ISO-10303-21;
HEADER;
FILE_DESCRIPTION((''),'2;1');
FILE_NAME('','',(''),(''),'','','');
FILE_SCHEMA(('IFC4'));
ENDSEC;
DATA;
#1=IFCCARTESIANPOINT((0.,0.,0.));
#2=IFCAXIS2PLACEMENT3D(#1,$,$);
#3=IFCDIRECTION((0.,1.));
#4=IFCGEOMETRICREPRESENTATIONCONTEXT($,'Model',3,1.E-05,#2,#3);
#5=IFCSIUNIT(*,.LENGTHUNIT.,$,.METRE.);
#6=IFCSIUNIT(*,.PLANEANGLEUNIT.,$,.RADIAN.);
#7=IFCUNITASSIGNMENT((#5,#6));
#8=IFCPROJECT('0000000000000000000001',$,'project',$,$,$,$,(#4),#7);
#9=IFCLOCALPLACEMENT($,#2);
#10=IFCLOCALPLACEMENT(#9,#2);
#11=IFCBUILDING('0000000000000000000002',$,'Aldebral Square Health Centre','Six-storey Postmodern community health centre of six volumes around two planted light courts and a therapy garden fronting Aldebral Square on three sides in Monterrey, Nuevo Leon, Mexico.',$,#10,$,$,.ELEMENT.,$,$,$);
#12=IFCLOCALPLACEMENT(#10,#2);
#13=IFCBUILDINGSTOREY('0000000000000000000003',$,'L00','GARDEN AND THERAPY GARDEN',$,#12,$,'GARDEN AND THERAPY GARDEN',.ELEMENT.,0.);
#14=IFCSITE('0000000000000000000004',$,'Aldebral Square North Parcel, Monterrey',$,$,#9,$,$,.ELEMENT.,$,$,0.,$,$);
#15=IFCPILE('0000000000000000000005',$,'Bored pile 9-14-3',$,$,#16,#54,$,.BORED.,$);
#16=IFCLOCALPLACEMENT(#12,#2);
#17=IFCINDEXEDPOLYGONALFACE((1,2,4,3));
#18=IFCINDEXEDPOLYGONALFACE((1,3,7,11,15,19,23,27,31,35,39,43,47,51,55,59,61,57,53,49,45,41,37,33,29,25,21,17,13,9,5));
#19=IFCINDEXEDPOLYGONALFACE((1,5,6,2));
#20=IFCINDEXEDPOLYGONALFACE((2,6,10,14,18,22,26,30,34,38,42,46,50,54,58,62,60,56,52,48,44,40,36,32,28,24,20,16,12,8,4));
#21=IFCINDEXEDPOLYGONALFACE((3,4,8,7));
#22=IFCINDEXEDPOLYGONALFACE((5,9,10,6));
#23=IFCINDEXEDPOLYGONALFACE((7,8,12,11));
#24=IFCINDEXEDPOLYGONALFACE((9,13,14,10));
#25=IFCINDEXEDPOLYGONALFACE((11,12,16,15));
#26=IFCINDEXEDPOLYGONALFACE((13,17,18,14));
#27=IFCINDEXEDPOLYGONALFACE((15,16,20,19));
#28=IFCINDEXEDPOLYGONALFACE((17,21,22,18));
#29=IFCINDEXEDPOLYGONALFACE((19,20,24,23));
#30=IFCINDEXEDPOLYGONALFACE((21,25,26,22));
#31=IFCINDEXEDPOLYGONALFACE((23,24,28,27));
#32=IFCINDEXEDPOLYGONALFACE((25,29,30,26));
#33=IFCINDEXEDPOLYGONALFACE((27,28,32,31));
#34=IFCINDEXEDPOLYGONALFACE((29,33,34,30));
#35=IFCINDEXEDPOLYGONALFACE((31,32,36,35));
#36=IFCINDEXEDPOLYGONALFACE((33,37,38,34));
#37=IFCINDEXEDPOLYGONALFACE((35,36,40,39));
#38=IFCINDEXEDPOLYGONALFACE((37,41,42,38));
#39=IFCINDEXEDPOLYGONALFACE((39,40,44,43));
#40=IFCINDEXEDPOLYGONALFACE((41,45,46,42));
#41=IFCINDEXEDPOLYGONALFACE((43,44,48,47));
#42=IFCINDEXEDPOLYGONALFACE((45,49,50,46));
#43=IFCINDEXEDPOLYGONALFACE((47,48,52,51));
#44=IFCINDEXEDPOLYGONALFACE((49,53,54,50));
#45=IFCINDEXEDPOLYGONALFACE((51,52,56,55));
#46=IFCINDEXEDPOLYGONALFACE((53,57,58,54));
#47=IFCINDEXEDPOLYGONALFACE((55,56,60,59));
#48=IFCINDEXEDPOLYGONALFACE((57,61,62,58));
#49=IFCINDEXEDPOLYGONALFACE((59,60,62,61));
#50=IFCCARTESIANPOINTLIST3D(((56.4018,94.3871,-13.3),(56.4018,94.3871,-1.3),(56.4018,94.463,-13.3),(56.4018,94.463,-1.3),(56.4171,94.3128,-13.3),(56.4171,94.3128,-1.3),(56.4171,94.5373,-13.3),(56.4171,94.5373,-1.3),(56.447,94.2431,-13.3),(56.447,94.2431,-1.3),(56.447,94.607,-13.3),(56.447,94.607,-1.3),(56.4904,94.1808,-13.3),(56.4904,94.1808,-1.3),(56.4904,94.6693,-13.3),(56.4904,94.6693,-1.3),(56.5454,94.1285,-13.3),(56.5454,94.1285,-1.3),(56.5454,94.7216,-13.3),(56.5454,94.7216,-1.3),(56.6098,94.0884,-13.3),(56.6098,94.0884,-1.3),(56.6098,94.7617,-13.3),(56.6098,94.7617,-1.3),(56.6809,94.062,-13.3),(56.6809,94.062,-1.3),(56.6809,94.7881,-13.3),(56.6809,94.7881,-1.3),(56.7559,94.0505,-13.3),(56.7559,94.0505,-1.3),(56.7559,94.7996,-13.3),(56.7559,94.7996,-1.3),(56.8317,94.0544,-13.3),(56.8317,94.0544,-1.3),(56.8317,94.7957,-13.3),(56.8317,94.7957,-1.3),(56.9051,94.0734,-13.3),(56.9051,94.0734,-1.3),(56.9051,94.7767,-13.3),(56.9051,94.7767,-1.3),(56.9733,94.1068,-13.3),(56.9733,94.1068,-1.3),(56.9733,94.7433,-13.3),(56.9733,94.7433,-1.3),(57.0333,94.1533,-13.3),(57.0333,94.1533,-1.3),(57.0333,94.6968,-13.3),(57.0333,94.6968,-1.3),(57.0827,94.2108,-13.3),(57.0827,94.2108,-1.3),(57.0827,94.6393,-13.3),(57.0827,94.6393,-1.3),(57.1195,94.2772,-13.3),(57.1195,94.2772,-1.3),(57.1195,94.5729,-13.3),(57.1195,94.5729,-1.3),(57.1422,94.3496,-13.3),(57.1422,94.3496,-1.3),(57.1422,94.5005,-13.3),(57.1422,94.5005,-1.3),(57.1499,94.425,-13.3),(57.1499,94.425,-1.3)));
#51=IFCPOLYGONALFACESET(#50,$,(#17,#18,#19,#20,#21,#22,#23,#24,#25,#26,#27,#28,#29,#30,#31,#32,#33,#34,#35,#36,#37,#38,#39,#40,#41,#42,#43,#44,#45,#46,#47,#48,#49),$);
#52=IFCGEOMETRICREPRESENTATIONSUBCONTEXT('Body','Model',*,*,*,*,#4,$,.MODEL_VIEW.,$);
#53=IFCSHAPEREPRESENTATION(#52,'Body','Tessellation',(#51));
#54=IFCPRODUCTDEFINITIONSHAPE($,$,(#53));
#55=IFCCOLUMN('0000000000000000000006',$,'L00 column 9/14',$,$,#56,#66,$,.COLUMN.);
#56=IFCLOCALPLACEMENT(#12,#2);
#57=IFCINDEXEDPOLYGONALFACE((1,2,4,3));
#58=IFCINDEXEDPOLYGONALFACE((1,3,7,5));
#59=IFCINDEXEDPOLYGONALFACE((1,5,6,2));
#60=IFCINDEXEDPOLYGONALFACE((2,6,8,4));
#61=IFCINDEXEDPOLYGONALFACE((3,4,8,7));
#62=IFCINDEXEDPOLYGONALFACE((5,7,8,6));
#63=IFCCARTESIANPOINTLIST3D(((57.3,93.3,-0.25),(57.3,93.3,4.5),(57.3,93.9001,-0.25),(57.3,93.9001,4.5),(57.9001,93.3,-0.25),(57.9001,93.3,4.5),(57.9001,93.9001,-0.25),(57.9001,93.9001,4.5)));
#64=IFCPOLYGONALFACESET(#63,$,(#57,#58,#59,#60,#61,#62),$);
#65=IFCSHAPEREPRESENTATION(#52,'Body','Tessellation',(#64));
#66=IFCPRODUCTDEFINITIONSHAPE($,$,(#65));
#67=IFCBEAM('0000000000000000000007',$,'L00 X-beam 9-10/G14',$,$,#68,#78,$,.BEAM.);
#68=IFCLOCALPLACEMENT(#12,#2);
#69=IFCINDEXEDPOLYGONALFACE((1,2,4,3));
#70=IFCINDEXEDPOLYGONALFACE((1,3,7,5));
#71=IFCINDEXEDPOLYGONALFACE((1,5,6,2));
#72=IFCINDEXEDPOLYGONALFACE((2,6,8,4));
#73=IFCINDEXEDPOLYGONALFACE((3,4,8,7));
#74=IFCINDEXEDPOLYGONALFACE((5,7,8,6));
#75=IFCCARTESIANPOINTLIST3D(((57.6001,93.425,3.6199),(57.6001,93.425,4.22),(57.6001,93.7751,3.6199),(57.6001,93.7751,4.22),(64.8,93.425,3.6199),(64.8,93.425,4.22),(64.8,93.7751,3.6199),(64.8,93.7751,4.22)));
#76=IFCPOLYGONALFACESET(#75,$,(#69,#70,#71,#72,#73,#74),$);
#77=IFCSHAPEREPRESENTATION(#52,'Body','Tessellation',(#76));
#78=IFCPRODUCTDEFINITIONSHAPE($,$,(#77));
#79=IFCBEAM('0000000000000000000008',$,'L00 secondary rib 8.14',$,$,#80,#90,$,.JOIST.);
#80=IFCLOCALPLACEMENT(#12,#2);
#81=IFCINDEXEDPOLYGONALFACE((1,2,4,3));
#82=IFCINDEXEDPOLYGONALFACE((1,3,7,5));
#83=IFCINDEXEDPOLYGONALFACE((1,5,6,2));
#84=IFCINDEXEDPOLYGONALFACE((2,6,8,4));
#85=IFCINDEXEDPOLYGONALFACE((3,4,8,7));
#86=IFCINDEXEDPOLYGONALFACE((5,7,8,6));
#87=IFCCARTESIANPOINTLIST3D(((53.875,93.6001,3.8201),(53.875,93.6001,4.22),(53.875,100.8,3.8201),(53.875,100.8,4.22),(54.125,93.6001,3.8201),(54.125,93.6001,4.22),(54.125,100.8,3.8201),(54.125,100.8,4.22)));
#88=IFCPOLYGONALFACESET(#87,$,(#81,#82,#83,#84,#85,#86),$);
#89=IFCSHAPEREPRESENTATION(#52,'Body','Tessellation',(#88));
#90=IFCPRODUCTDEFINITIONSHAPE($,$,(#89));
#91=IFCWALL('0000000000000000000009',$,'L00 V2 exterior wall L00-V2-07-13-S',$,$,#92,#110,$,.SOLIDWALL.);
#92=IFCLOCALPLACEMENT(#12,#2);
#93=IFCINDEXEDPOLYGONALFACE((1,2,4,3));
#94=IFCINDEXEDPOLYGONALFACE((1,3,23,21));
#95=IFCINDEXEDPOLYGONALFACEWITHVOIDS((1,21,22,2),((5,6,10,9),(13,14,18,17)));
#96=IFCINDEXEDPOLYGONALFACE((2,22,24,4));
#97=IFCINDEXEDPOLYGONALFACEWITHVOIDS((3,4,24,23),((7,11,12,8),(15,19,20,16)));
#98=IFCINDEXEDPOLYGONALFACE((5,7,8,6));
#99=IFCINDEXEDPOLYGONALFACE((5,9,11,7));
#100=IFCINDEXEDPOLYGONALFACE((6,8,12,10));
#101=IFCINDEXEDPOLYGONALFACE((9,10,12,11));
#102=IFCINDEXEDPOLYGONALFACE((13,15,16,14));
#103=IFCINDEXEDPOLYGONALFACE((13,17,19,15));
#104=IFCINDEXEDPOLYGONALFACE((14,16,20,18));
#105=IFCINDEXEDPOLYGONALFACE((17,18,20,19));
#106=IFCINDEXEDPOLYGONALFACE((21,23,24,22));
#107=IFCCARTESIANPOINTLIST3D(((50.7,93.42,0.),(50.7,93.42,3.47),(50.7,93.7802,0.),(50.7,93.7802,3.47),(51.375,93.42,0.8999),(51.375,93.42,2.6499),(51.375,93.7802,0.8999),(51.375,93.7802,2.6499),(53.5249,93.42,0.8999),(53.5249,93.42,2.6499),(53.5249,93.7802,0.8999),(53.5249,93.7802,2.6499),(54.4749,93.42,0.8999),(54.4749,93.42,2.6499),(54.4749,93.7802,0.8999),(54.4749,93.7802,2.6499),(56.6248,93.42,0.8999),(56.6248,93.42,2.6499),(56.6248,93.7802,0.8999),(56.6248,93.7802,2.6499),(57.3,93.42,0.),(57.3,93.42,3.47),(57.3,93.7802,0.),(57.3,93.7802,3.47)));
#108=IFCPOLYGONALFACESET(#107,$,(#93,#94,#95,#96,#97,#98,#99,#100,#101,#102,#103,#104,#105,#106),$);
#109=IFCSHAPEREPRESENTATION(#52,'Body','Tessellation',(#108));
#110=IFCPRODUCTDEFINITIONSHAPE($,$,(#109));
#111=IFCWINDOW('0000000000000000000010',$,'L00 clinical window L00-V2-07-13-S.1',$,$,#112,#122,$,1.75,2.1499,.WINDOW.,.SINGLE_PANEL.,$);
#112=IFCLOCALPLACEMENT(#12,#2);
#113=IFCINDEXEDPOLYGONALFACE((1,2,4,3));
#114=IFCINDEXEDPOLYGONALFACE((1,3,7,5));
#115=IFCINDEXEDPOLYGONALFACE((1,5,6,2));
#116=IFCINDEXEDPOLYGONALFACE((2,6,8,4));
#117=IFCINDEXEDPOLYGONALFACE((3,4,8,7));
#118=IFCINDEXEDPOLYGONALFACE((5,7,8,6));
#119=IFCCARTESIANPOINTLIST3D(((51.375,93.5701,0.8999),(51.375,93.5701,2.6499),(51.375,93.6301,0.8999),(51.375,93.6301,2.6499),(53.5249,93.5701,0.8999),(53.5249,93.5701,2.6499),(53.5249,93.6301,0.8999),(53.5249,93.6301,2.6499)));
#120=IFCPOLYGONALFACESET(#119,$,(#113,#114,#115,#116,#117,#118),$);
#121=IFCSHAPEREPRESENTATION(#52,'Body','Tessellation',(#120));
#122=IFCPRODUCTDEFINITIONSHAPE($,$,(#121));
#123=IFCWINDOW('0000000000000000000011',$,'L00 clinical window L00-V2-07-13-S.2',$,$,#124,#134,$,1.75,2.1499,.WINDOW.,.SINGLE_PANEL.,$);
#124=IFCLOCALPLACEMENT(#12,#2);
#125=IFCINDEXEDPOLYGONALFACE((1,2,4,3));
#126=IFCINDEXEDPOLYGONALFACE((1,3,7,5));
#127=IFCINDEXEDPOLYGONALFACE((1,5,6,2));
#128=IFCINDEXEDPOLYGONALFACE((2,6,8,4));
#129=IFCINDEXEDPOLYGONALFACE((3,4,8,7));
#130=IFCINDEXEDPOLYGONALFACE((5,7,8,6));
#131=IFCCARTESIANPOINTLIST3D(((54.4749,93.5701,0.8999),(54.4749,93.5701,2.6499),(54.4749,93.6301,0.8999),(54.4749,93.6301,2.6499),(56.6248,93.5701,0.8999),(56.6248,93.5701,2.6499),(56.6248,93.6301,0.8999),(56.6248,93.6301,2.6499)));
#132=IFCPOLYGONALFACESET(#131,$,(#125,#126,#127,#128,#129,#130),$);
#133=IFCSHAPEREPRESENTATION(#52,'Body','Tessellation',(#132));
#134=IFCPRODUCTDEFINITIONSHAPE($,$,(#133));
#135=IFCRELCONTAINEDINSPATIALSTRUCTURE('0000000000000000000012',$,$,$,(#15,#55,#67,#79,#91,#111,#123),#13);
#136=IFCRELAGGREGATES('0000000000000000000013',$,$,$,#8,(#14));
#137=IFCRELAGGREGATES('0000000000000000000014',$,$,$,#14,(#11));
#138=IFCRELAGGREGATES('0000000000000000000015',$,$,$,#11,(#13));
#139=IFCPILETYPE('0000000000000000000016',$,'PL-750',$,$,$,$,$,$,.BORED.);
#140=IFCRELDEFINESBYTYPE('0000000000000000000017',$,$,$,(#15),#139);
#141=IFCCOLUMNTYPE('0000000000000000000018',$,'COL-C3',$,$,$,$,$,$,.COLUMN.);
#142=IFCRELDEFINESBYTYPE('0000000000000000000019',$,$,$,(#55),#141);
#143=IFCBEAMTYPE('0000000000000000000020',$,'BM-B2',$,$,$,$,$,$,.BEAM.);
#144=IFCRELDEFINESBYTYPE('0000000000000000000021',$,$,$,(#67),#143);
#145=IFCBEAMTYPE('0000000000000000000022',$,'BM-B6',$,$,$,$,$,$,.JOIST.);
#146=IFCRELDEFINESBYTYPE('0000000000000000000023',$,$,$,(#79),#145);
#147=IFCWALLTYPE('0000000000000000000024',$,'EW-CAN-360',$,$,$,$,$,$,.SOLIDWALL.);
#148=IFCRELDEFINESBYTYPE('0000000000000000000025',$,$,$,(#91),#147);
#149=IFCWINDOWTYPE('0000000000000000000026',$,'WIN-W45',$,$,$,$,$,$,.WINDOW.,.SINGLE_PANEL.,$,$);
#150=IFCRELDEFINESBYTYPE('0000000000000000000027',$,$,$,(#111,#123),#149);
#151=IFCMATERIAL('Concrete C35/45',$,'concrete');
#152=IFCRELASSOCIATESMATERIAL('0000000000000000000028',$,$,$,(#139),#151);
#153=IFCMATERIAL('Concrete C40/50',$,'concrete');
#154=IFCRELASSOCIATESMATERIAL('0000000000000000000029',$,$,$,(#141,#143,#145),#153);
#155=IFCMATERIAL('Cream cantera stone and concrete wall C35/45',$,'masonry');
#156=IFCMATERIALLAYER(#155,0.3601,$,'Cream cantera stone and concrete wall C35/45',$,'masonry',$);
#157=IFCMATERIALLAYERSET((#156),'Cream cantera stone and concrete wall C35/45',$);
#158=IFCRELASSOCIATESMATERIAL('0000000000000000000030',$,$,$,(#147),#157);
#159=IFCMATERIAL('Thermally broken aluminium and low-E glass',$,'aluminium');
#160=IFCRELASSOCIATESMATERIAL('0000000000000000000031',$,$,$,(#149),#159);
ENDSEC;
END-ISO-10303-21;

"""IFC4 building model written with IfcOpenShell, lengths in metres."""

from ifc_helpers import new_model, si_unit, direction, frame, frame_2d, origin, origin_2d, place, context, subcontext, project, spatial, rectangle, circle, extrude, material, layer, layer_set, material_profile, profile_set, type_object, element, fill, save


model = new_model("IFC4")

# Units and contexts
model_context = context("Model", 3, precision=1e-05, world=origin(), true_north=direction((0.0, 1.0)))
body_context = subcontext(model_context, "Body", "Model", "MODEL_VIEW")
ifc_project = project(units=[si_unit("LENGTHUNIT", "METRE"), si_unit("PLANEANGLEUNIT", "RADIAN")], contexts=[model_context])

# Site, building, storey
site_placement = place(None, origin())
site = spatial("IfcSite", under=ifc_project, at=site_placement, Name="Aldebral Square North Parcel, Monterrey", CompositionType="ELEMENT", RefElevation=0.0)
building_placement = place(site_placement, origin())
building = spatial("IfcBuilding", under=site, at=building_placement, Name="Aldebral Square Health Centre", Description="Six-storey Postmodern community health centre of six volumes around two planted light courts and a therapy garden fronting Aldebral Square on three sides in Monterrey, Nuevo Leon, Mexico.", CompositionType="ELEMENT")
storey_placement = place(building_placement, origin())
storey = spatial("IfcBuildingStorey", under=building, at=storey_placement, Name="L00", Description="GARDEN AND THERAPY GARDEN", LongName="GARDEN AND THERAPY GARDEN", CompositionType="ELEMENT", Elevation=0.0)

# Shared definitions
ifc_material_1 = material(Name="Concrete C35/45", Category="concrete")

# Pile
ifc_material_profile_1 = material_profile(ifc_material_1, circle(Radius=0.375, at=origin_2d()), Name="PILE D750")
ifc_profile_set_1 = profile_set([ifc_material_profile_1], Name="Concrete C35/45")
pile_type = type_object("IfcPileType", Name="PL-750", PredefinedType="BORED", material=ifc_profile_set_1)
for number, where, z_axis, x_axis, name in (
    (1, (56.7749, 94.425, -1.3), (0.0, 0.0, -1.0), (1.0, 0.0, 0.0), "Bored pile 9-14-3"),
):
    element("IfcPile", number, at=place(storey_placement, frame(where, z_axis=z_axis, x_axis=x_axis)), inside=storey, type_object=pile_type, Name=name, PredefinedType="BORED", context=body_context, shape_type="SweptSolid", body=[
        extrude(circle(Radius=0.375, at=origin_2d()), origin(), (0.0, 0.0, 1.0), 12.0),
    ])

# Column
ifc_material_2 = material(Name="Concrete C40/50", Category="concrete")
ifc_material_profile_2 = material_profile(ifc_material_2, rectangle(XDim=0.6001, YDim=0.6001, at=origin_2d()), Name="RC 600x600")
ifc_profile_set_2 = profile_set([ifc_material_profile_2], Name="Concrete C40/50")
column_type = type_object("IfcColumnType", Name="COL-C3", PredefinedType="COLUMN", material=ifc_profile_set_2)
column_placement = place(storey_placement, frame((57.6001, 93.6001, -0.25), z_axis=(0.0, 0.0, 1.0), x_axis=(1.0, 0.0, 0.0)))
element("IfcColumn", 2, at=column_placement, inside=storey, type_object=column_type, Name="L00 column 9/14", PredefinedType="COLUMN", context=body_context, shape_type="SweptSolid", body=[
    extrude(rectangle(XDim=0.6001, YDim=0.6001, at=origin_2d()), origin(), (0.0, 0.0, 1.0), 4.75),
])

# Beams
ifc_material_profile_3 = material_profile(ifc_material_2, rectangle(XDim=0.3501, YDim=0.6001, at=origin_2d()), Name="RC 350x600")
ifc_profile_set_3 = profile_set([ifc_material_profile_3], Name="Concrete C40/50")
beam_type_1 = type_object("IfcBeamType", Name="BM-B2", PredefinedType="BEAM", material=ifc_profile_set_3)
beam_1_placement = place(storey_placement, frame((57.6001, 93.6001, 3.9199), z_axis=(1.0, 0.0, 0.0), x_axis=(0.0, 1.0, 0.0)))
element("IfcBeam", 3, at=beam_1_placement, inside=storey, type_object=beam_type_1, Name="L00 X-beam 9-10/G14", PredefinedType="BEAM", context=body_context, shape_type="SweptSolid", body=[
    extrude(rectangle(XDim=0.3501, YDim=0.6001, at=origin_2d()), origin(), (0.0, 0.0, 1.0), 7.2),
])
ifc_material_profile_4 = material_profile(ifc_material_2, rectangle(XDim=0.25, YDim=0.3999, at=origin_2d()), Name="RC 250x400")
ifc_profile_set_4 = profile_set([ifc_material_profile_4], Name="Concrete C40/50")
beam_type_2 = type_object("IfcBeamType", Name="BM-B6", PredefinedType="JOIST", material=ifc_profile_set_4)
beam_2_placement = place(storey_placement, frame((54.0, 93.6001, 4.02), z_axis=(0.0, 1.0, 0.0), x_axis=(-1.0, 0.0, 0.0)))
element("IfcBeam", 4, at=beam_2_placement, inside=storey, type_object=beam_type_2, Name="L00 secondary rib 8.14", PredefinedType="JOIST", context=body_context, shape_type="SweptSolid", body=[
    extrude(rectangle(XDim=0.25, YDim=0.3999, at=origin_2d()), origin(), (0.0, 0.0, 1.0), 7.2),
])

# Wall, openings, windows
ifc_material_3 = material(Name="Cream cantera stone and concrete wall C35/45", Category="masonry")
ifc_layer_1 = layer(ifc_material_3, 0.3601, Name="Cream cantera stone and concrete wall C35/45", Category="masonry")
ifc_layer_set_1 = layer_set([ifc_layer_1], Name="Cream cantera stone and concrete wall C35/45")
wall_type_1 = type_object("IfcWallType", Name="EW-CAN-360", PredefinedType="SOLIDWALL", material=ifc_layer_set_1)
wall_1_placement = place(storey_placement, frame((50.7, 93.6001, 0.0), z_axis=(0.0, 0.0, 1.0), x_axis=(1.0, 0.0, 0.0)))
wall_1 = element("IfcWall", 5, at=wall_1_placement, inside=storey, type_object=wall_type_1, Name="L00 V2 exterior wall L00-V2-07-13-S", PredefinedType="SOLIDWALL", context=body_context, shape_type="SweptSolid", body=[
    extrude(rectangle(XDim=6.6001, YDim=0.3601, at=frame_2d((3.3, 0.0))), origin(), (0.0, 0.0, 1.0), 3.47),
])
opening_1_placement = place(wall_1_placement, frame((0.675, 0.0, 0.8999)))
opening_1 = element("IfcOpeningElement", 6, at=opening_1_placement, cuts=wall_1, PredefinedType="OPENING", context=body_context, shape_type="SweptSolid", body=[
    extrude(rectangle(XDim=2.1499, YDim=1.75, at=frame_2d((1.075, 0.875))), frame((0.0, 0.1899, 0.0), z_axis=(0.0, -1.0, 0.0), x_axis=(1.0, 0.0, 0.0)), (0.0, 0.0, 1.0), 0.3801),
])
opening_2_placement = place(wall_1_placement, frame((3.7749, 0.0, 0.8999)))
opening_2 = element("IfcOpeningElement", 7, at=opening_2_placement, cuts=wall_1, PredefinedType="OPENING", context=body_context, shape_type="SweptSolid", body=[
    extrude(rectangle(XDim=2.1499, YDim=1.75, at=frame_2d((1.075, 0.875))), frame((0.0, 0.1899, 0.0), z_axis=(0.0, -1.0, 0.0), x_axis=(1.0, 0.0, 0.0)), (0.0, 0.0, 1.0), 0.3801),
])
ifc_material_4 = material(Name="Thermally broken aluminium and low-E glass", Category="aluminium")
window_type_1 = type_object("IfcWindowType", Name="WIN-W45", PartitioningType="SINGLE_PANEL", PredefinedType="WINDOW", material=ifc_material_4)
window_1_placement = place(opening_1_placement, origin())
window_1 = element("IfcWindow", 8, at=window_1_placement, inside=storey, type_object=window_type_1, Name="L00 clinical window L00-V2-07-13-S.1", OverallHeight=1.75, OverallWidth=2.1499, PartitioningType="SINGLE_PANEL", PredefinedType="WINDOW", context=body_context, shape_type="SweptSolid", body=[
    extrude(rectangle(XDim=2.1499, YDim=1.75, at=frame_2d((1.075, 0.875))), frame((0.0, 0.03, 0.0), z_axis=(0.0, -1.0, 0.0), x_axis=(1.0, 0.0, 0.0)), (0.0, 0.0, 1.0), 0.0601),
])
fill(opening_1, window_1)
window_2_placement = place(opening_2_placement, origin())
window_2 = element("IfcWindow", 9, at=window_2_placement, inside=storey, type_object=window_type_1, Name="L00 clinical window L00-V2-07-13-S.2", OverallHeight=1.75, OverallWidth=2.1499, PartitioningType="SINGLE_PANEL", PredefinedType="WINDOW", context=body_context, shape_type="SweptSolid", body=[
    extrude(rectangle(XDim=2.1499, YDim=1.75, at=frame_2d((1.075, 0.875))), frame((0.0, 0.03, 0.0), z_axis=(0.0, -1.0, 0.0), x_axis=(1.0, 0.0, 0.0)), (0.0, 0.0, 1.0), 0.0601),
])
fill(opening_2, window_2)

save(model, "model.ifc")
